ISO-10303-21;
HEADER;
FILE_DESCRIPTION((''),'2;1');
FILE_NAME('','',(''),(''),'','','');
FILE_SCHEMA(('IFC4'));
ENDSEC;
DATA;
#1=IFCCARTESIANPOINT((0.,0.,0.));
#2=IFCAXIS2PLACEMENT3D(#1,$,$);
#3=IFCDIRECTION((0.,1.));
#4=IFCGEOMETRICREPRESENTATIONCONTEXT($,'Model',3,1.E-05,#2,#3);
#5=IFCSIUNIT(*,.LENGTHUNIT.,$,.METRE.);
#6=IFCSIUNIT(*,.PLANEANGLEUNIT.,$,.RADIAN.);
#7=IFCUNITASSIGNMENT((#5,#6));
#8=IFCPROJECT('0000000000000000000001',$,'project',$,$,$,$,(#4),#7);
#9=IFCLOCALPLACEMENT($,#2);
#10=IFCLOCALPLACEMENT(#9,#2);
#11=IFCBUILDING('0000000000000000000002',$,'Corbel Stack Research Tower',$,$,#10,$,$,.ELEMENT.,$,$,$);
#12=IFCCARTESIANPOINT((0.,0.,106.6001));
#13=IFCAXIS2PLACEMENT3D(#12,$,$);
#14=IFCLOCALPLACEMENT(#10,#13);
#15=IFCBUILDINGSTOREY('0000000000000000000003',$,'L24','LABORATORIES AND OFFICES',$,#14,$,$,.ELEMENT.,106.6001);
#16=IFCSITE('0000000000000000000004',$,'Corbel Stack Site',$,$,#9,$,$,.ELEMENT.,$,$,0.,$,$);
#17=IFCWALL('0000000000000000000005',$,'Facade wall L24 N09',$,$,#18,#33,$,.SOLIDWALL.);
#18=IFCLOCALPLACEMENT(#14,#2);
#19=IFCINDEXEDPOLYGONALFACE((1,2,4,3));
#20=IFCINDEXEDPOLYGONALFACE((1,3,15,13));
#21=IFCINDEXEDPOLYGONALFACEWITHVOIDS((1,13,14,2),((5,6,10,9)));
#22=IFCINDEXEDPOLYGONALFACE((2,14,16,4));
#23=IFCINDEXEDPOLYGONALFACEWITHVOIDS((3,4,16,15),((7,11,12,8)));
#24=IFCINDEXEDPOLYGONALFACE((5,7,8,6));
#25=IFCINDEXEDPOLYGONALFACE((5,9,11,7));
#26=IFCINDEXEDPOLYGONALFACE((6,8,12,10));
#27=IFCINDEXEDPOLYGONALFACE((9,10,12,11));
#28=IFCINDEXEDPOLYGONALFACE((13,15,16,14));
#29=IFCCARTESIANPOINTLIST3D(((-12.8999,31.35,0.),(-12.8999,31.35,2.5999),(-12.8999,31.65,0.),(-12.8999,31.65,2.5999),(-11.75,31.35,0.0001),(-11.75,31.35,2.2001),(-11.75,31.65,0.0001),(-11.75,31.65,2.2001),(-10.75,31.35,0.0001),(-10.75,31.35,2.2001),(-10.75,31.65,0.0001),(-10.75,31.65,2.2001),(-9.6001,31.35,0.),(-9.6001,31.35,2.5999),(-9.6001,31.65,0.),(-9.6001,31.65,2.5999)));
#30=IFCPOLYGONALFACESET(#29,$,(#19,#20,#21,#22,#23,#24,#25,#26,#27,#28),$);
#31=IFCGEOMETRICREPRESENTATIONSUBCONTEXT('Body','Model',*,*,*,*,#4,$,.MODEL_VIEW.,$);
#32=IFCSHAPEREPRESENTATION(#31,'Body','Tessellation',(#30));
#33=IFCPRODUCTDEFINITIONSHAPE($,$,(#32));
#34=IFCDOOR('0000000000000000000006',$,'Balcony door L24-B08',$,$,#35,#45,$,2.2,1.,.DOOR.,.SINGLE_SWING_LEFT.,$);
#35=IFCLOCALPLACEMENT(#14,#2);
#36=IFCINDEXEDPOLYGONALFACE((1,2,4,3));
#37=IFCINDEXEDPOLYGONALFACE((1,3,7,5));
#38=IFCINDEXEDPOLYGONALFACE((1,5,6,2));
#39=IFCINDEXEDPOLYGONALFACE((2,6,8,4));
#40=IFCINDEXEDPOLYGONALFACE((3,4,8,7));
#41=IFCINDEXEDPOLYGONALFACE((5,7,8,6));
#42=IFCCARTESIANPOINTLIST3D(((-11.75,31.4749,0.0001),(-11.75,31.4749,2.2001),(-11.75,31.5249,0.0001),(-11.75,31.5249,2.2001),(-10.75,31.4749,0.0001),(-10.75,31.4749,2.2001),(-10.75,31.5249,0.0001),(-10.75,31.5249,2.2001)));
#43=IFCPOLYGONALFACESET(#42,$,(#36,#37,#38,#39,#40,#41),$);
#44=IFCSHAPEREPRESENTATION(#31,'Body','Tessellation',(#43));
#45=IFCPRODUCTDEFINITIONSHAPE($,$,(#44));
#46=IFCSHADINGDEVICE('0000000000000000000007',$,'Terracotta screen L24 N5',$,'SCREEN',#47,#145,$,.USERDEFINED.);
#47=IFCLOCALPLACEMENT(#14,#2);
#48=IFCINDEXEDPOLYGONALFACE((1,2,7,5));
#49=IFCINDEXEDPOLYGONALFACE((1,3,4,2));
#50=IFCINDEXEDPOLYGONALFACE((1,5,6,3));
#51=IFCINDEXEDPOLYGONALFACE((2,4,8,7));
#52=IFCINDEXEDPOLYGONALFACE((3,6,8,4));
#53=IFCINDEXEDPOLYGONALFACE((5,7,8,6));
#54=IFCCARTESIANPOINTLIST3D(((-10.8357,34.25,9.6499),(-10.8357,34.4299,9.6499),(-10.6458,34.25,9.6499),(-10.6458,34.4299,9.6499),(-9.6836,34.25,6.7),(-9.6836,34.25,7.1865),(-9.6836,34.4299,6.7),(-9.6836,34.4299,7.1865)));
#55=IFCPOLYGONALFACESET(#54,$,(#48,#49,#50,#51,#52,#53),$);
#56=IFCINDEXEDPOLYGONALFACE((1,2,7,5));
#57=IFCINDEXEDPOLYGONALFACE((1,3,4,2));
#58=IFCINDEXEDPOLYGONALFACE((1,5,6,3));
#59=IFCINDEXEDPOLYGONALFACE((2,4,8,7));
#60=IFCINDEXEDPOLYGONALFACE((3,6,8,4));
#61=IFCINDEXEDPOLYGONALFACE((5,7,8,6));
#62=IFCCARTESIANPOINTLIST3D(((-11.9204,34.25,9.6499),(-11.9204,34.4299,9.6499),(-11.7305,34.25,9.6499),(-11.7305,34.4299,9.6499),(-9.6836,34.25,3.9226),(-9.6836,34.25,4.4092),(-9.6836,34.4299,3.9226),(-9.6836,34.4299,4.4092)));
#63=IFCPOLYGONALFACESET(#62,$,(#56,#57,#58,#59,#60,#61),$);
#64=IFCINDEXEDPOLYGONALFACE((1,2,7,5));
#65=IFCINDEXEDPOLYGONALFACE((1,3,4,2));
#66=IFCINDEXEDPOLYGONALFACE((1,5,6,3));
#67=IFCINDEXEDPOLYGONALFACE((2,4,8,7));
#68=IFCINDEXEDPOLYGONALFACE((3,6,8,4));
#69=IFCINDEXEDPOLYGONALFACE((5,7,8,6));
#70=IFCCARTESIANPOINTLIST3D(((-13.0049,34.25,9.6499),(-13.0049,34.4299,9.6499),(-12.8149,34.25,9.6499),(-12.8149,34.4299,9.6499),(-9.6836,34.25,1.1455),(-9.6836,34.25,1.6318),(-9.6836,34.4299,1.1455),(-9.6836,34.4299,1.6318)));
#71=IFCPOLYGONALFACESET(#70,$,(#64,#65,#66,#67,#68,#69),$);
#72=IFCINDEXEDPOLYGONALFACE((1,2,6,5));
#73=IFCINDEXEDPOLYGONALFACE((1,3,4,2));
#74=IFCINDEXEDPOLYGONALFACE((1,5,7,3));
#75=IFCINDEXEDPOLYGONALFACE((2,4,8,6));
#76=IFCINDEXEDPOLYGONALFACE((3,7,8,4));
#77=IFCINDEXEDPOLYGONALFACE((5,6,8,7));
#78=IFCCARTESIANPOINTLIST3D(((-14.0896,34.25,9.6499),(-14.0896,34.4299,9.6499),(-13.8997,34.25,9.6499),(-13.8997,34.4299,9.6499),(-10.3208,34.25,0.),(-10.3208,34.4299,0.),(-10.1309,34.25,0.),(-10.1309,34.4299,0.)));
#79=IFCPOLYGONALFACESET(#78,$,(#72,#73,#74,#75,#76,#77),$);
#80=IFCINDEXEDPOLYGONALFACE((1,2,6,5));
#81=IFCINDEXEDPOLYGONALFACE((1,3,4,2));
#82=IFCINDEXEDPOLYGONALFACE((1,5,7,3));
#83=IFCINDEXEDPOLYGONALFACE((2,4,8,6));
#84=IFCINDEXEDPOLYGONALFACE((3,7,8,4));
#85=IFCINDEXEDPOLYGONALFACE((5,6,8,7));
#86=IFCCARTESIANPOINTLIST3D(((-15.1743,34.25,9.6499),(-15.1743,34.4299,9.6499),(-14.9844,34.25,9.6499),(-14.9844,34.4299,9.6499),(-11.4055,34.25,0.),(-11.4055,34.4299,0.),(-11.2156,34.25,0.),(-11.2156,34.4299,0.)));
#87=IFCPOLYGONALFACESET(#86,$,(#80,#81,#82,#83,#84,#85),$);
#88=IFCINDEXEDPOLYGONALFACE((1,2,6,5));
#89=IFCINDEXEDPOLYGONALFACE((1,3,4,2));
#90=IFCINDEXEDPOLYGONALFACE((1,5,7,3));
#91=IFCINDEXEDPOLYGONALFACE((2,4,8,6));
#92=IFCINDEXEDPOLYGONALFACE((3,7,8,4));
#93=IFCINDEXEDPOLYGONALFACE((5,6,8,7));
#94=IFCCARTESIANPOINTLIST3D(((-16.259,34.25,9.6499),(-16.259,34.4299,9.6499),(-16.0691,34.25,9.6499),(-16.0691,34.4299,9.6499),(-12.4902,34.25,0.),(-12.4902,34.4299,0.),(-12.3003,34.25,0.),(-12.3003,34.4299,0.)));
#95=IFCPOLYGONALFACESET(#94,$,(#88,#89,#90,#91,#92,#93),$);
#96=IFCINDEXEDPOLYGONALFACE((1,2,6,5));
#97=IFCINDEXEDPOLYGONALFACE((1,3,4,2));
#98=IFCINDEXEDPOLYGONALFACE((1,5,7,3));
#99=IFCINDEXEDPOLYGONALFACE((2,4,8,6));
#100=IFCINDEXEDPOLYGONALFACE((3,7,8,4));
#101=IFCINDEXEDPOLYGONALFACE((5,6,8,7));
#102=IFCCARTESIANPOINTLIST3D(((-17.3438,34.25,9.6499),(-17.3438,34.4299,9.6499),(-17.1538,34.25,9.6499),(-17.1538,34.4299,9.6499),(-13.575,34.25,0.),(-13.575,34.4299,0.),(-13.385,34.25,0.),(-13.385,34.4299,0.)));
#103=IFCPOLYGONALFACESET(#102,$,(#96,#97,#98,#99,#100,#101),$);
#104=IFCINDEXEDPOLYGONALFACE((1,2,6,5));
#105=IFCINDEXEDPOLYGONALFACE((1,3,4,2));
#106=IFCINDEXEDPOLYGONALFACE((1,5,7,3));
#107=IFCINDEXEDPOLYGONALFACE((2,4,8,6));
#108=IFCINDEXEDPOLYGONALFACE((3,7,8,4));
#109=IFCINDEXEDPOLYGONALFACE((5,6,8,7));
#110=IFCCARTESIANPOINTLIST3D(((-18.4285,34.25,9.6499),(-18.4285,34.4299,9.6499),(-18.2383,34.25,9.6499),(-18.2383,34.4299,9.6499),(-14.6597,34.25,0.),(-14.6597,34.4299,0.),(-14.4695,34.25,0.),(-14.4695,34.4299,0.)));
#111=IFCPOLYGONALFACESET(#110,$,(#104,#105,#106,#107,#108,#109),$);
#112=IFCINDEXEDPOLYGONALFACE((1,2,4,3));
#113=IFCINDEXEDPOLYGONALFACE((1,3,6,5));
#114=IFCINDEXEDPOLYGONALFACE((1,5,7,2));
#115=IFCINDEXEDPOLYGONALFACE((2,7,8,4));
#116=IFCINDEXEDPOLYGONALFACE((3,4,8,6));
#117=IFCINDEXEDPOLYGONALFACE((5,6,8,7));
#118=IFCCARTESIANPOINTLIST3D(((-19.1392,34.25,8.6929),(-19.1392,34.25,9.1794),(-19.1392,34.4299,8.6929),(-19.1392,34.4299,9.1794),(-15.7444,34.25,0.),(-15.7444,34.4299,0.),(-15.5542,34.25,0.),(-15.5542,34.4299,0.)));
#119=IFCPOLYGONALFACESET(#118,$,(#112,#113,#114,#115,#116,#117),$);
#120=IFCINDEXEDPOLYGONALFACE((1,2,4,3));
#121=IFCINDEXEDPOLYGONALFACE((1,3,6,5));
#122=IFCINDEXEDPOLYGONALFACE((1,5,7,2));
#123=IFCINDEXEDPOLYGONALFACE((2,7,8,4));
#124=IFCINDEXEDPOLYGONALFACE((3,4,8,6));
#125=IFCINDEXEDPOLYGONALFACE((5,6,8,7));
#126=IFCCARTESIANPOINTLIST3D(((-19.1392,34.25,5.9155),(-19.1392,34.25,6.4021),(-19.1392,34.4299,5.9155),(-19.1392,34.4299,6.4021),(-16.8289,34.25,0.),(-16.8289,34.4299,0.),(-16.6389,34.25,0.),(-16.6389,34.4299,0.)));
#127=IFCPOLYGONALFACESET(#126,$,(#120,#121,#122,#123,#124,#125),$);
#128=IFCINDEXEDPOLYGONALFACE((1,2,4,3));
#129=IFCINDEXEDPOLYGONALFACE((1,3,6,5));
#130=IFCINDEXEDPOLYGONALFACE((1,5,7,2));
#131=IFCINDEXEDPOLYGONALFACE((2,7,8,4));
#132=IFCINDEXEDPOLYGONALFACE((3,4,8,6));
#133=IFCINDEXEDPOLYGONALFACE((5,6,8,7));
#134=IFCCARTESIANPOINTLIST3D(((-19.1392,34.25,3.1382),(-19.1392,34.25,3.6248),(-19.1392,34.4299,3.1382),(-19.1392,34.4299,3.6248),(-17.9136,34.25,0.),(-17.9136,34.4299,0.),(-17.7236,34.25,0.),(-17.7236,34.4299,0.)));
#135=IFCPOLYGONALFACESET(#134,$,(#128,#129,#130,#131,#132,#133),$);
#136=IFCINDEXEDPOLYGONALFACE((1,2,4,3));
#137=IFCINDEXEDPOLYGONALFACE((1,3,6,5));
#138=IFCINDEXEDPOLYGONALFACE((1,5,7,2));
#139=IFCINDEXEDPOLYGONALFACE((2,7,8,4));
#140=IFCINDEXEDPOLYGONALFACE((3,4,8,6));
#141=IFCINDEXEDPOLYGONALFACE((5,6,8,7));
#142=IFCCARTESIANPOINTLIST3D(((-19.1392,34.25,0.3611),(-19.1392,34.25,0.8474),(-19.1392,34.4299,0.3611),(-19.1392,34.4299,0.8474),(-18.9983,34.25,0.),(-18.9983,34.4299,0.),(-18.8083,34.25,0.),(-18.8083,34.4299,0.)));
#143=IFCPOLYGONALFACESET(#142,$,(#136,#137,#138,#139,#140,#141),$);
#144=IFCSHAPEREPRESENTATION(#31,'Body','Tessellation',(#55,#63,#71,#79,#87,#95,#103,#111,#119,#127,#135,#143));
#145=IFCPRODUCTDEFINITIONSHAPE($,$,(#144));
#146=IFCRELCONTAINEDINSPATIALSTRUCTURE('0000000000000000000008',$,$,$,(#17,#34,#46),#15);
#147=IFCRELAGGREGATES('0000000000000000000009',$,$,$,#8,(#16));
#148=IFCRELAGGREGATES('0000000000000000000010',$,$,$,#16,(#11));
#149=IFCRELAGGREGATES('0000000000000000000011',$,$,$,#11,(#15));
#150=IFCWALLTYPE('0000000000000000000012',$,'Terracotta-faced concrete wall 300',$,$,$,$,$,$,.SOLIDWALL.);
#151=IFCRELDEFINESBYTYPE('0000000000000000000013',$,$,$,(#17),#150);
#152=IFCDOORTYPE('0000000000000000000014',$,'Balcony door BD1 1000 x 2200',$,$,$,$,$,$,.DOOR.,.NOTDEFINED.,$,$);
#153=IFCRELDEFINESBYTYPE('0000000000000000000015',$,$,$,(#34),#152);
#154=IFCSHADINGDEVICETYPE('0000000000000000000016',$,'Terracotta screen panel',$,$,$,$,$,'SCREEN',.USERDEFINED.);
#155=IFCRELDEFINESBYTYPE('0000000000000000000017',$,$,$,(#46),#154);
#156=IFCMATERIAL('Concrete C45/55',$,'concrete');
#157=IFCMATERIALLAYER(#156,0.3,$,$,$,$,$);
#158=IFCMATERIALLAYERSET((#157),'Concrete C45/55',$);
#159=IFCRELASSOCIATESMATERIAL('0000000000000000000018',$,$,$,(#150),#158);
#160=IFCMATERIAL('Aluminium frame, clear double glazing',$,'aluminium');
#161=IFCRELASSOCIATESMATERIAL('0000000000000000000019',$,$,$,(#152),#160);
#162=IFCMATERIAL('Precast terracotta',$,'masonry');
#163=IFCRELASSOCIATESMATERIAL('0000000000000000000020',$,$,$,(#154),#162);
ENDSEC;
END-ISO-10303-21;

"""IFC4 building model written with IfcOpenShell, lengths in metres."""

from ifc_helpers import new_model, si_unit, direction, frame, frame_2d, origin, place, context, subcontext, project, spatial, polyline, rectangle, outline, extrude, source, transform, mapped, material, layer, layer_set, type_object, element, fill, save


model = new_model("IFC4")

# Units and contexts
model_context = context("Model", 3, precision=1e-05, world=origin(), true_north=direction((0.0, 1.0)))
body_context = subcontext(model_context, "Body", "Model", "MODEL_VIEW")
ifc_project = project(units=[si_unit("LENGTHUNIT", "METRE"), si_unit("PLANEANGLEUNIT", "RADIAN")], contexts=[model_context])

# Site, building, storey
site_placement = place(None, origin())
site = spatial("IfcSite", under=ifc_project, at=site_placement, Name="Corbel Stack Site", CompositionType="ELEMENT", RefElevation=0.0)
building_placement = place(site_placement, origin())
building = spatial("IfcBuilding", under=site, at=building_placement, Name="Corbel Stack Research Tower", CompositionType="ELEMENT")
storey_placement = place(building_placement, frame((0.0, 0.0, 106.6001)))
storey = spatial("IfcBuildingStorey", under=building, at=storey_placement, Name="L24", Description="LABORATORIES AND OFFICES", CompositionType="ELEMENT", Elevation=106.6001)

# Shared definitions
ifc_material_1 = material(Name="Concrete C45/55", Category="concrete")
ifc_layer_1 = layer(ifc_material_1, 0.3)
ifc_layer_set_1 = layer_set([ifc_layer_1], Name="Concrete C45/55")
wall_type = type_object("IfcWallType", Name="Terracotta-faced concrete wall 300", PredefinedType="SOLIDWALL", material=ifc_layer_set_1)

# Wall, opening, door
wall_1_placement = place(storey_placement, frame((-12.8999, 31.5, 0.0), z_axis=(0.0, 0.0, 1.0), x_axis=(1.0, 0.0, 0.0)))
wall_1 = element("IfcWall", 1, at=wall_1_placement, inside=storey, type_object=wall_type, Name="Facade wall L24 N09", PredefinedType="SOLIDWALL", context=body_context, shape_type="SweptSolid", body=[
    extrude(rectangle(XDim=3.2998, YDim=0.3, at=frame_2d((1.6499, 0.0))), origin(), (0.0, 0.0, 1.0), 2.5999),
])
opening_1_placement = place(wall_1_placement, frame((1.1499, 0.0, 0.0)))
opening_1 = element("IfcOpeningElement", 2, at=opening_1_placement, cuts=wall_1, PredefinedType="OPENING", context=body_context, shape_type="SweptSolid", body=[
    extrude(rectangle(XDim=1.0, YDim=2.2, at=frame_2d((0.5, 1.1001))), frame((0.0, 0.1599, 0.0), z_axis=(0.0, -1.0, 0.0), x_axis=(1.0, 0.0, 0.0)), (0.0, 0.0, 1.0), 0.3201),
])
ifc_material_2 = material(Name="Aluminium frame, clear double glazing", Category="aluminium")
door_type = type_object("IfcDoorType", Name="Balcony door BD1 1000 x 2200", OperationType="NOTDEFINED", PredefinedType="DOOR", material=ifc_material_2)
door_placement = place(opening_1_placement, origin())
door = element("IfcDoor", 3, at=door_placement, inside=storey, type_object=door_type, Name="Balcony door L24-B08", OperationType="SINGLE_SWING_LEFT", OverallHeight=2.2, OverallWidth=1.0, PredefinedType="DOOR", context=body_context, shape_type="SweptSolid", body=[
    extrude(rectangle(XDim=1.0, YDim=2.2, at=frame_2d((0.5, 1.1001))), frame((0.0, 0.0249, 0.0), z_axis=(0.0, -1.0, 0.0), x_axis=(1.0, 0.0, 0.0)), (0.0, 0.0, 1.0), 0.05),
])
fill(opening_1, door)

# Shading device
ifc_material_3 = material(Name="Precast terracotta", Category="masonry")
shading_device_type = type_object("IfcShadingDeviceType", Name="Terracotta screen panel", ElementType="SCREEN", PredefinedType="USERDEFINED", material=ifc_material_3)
shared_shape_1 = source(origin(), body_context, "Body", "SweptSolid", [
    extrude(outline(polyline([(1.1521, 9.6499), (0.9622, 9.6499), (0.0, 7.1865), (0.0, 6.7), (1.1521, 9.6499)])), frame((0.0, 0.0, 0.0), z_axis=(0.0, -1.0, 0.0), x_axis=(1.0, 0.0, 0.0)), (0.0, 0.0, 1.0), 0.1799),
    extrude(outline(polyline([(2.2368, 9.6499), (2.0469, 9.6499), (0.0, 4.4092), (0.0, 3.9226), (2.2368, 9.6499)])), frame((0.0, 0.0, 0.0), z_axis=(0.0, -1.0, 0.0), x_axis=(1.0, 0.0, 0.0)), (0.0, 0.0, 1.0), 0.1799),
    extrude(outline(polyline([(3.3213, 9.6499), (3.1313, 9.6499), (0.0, 1.6318), (0.0, 1.1455), (3.3213, 9.6499)])), frame((0.0, 0.0, 0.0), z_axis=(0.0, -1.0, 0.0), x_axis=(1.0, 0.0, 0.0)), (0.0, 0.0, 1.0), 0.1799),
    extrude(outline(polyline([(0.6372, 0.0), (4.406, 9.6499), (4.2161, 9.6499), (0.4473, 0.0), (0.6372, 0.0)])), frame((0.0, 0.0, 0.0), z_axis=(0.0, -1.0, 0.0), x_axis=(1.0, 0.0, 0.0)), (0.0, 0.0, 1.0), 0.1799),
    extrude(outline(polyline([(1.7219, 0.0), (5.4907, 9.6499), (5.3008, 9.6499), (1.532, 0.0), (1.7219, 0.0)])), frame((0.0, 0.0, 0.0), z_axis=(0.0, -1.0, 0.0), x_axis=(1.0, 0.0, 0.0)), (0.0, 0.0, 1.0), 0.1799),
    extrude(outline(polyline([(2.8066, 0.0), (6.5754, 9.6499), (6.3855, 9.6499), (2.6167, 0.0), (2.8066, 0.0)])), frame((0.0, 0.0, 0.0), z_axis=(0.0, -1.0, 0.0), x_axis=(1.0, 0.0, 0.0)), (0.0, 0.0, 1.0), 0.1799),
    extrude(outline(polyline([(3.8914, 0.0), (7.6602, 9.6499), (7.4702, 9.6499), (3.7014, 0.0), (3.8914, 0.0)])), frame((0.0, 0.0, 0.0), z_axis=(0.0, -1.0, 0.0), x_axis=(1.0, 0.0, 0.0)), (0.0, 0.0, 1.0), 0.1799),
    extrude(outline(polyline([(4.9761, 0.0), (8.7449, 9.6499), (8.5547, 9.6499), (4.7859, 0.0), (4.9761, 0.0)])), frame((0.0, 0.0, 0.0), z_axis=(0.0, -1.0, 0.0), x_axis=(1.0, 0.0, 0.0)), (0.0, 0.0, 1.0), 0.1799),
    extrude(outline(polyline([(6.0608, 0.0), (9.4556, 8.6929), (9.4556, 9.1794), (5.8706, 0.0), (6.0608, 0.0)])), frame((0.0, 0.0, 0.0), z_axis=(0.0, -1.0, 0.0), x_axis=(1.0, 0.0, 0.0)), (0.0, 0.0, 1.0), 0.1799),
    extrude(outline(polyline([(7.1453, 0.0), (9.4556, 5.9155), (9.4556, 6.4021), (6.9553, 0.0), (7.1453, 0.0)])), frame((0.0, 0.0, 0.0), z_axis=(0.0, -1.0, 0.0), x_axis=(1.0, 0.0, 0.0)), (0.0, 0.0, 1.0), 0.1799),
    extrude(outline(polyline([(8.23, 0.0), (9.4556, 3.1382), (9.4556, 3.6248), (8.04, 0.0), (8.23, 0.0)])), frame((0.0, 0.0, 0.0), z_axis=(0.0, -1.0, 0.0), x_axis=(1.0, 0.0, 0.0)), (0.0, 0.0, 1.0), 0.1799),
    extrude(outline(polyline([(9.3147, 0.0), (9.4556, 0.3611), (9.4556, 0.8474), (9.1248, 0.0), (9.3147, 0.0)])), frame((0.0, 0.0, 0.0), z_axis=(0.0, -1.0, 0.0), x_axis=(1.0, 0.0, 0.0)), (0.0, 0.0, 1.0), 0.1799),
])
shading_device_1_placement = place(storey_placement, frame((-9.6836, 34.25, 0.0), z_axis=(0.0, 0.0, 1.0), x_axis=(-1.0, 0.0, 0.0)))
element("IfcShadingDevice", 4, at=shading_device_1_placement, inside=storey, type_object=shading_device_type, Name="Terracotta screen L24 N5", ObjectType="SCREEN", PredefinedType="USERDEFINED", context=body_context, shape_type="MappedRepresentation", body=[
    mapped(shared_shape_1, transform((0.0, 0.0, 0.0))),
])

save(model, "model.ifc")
